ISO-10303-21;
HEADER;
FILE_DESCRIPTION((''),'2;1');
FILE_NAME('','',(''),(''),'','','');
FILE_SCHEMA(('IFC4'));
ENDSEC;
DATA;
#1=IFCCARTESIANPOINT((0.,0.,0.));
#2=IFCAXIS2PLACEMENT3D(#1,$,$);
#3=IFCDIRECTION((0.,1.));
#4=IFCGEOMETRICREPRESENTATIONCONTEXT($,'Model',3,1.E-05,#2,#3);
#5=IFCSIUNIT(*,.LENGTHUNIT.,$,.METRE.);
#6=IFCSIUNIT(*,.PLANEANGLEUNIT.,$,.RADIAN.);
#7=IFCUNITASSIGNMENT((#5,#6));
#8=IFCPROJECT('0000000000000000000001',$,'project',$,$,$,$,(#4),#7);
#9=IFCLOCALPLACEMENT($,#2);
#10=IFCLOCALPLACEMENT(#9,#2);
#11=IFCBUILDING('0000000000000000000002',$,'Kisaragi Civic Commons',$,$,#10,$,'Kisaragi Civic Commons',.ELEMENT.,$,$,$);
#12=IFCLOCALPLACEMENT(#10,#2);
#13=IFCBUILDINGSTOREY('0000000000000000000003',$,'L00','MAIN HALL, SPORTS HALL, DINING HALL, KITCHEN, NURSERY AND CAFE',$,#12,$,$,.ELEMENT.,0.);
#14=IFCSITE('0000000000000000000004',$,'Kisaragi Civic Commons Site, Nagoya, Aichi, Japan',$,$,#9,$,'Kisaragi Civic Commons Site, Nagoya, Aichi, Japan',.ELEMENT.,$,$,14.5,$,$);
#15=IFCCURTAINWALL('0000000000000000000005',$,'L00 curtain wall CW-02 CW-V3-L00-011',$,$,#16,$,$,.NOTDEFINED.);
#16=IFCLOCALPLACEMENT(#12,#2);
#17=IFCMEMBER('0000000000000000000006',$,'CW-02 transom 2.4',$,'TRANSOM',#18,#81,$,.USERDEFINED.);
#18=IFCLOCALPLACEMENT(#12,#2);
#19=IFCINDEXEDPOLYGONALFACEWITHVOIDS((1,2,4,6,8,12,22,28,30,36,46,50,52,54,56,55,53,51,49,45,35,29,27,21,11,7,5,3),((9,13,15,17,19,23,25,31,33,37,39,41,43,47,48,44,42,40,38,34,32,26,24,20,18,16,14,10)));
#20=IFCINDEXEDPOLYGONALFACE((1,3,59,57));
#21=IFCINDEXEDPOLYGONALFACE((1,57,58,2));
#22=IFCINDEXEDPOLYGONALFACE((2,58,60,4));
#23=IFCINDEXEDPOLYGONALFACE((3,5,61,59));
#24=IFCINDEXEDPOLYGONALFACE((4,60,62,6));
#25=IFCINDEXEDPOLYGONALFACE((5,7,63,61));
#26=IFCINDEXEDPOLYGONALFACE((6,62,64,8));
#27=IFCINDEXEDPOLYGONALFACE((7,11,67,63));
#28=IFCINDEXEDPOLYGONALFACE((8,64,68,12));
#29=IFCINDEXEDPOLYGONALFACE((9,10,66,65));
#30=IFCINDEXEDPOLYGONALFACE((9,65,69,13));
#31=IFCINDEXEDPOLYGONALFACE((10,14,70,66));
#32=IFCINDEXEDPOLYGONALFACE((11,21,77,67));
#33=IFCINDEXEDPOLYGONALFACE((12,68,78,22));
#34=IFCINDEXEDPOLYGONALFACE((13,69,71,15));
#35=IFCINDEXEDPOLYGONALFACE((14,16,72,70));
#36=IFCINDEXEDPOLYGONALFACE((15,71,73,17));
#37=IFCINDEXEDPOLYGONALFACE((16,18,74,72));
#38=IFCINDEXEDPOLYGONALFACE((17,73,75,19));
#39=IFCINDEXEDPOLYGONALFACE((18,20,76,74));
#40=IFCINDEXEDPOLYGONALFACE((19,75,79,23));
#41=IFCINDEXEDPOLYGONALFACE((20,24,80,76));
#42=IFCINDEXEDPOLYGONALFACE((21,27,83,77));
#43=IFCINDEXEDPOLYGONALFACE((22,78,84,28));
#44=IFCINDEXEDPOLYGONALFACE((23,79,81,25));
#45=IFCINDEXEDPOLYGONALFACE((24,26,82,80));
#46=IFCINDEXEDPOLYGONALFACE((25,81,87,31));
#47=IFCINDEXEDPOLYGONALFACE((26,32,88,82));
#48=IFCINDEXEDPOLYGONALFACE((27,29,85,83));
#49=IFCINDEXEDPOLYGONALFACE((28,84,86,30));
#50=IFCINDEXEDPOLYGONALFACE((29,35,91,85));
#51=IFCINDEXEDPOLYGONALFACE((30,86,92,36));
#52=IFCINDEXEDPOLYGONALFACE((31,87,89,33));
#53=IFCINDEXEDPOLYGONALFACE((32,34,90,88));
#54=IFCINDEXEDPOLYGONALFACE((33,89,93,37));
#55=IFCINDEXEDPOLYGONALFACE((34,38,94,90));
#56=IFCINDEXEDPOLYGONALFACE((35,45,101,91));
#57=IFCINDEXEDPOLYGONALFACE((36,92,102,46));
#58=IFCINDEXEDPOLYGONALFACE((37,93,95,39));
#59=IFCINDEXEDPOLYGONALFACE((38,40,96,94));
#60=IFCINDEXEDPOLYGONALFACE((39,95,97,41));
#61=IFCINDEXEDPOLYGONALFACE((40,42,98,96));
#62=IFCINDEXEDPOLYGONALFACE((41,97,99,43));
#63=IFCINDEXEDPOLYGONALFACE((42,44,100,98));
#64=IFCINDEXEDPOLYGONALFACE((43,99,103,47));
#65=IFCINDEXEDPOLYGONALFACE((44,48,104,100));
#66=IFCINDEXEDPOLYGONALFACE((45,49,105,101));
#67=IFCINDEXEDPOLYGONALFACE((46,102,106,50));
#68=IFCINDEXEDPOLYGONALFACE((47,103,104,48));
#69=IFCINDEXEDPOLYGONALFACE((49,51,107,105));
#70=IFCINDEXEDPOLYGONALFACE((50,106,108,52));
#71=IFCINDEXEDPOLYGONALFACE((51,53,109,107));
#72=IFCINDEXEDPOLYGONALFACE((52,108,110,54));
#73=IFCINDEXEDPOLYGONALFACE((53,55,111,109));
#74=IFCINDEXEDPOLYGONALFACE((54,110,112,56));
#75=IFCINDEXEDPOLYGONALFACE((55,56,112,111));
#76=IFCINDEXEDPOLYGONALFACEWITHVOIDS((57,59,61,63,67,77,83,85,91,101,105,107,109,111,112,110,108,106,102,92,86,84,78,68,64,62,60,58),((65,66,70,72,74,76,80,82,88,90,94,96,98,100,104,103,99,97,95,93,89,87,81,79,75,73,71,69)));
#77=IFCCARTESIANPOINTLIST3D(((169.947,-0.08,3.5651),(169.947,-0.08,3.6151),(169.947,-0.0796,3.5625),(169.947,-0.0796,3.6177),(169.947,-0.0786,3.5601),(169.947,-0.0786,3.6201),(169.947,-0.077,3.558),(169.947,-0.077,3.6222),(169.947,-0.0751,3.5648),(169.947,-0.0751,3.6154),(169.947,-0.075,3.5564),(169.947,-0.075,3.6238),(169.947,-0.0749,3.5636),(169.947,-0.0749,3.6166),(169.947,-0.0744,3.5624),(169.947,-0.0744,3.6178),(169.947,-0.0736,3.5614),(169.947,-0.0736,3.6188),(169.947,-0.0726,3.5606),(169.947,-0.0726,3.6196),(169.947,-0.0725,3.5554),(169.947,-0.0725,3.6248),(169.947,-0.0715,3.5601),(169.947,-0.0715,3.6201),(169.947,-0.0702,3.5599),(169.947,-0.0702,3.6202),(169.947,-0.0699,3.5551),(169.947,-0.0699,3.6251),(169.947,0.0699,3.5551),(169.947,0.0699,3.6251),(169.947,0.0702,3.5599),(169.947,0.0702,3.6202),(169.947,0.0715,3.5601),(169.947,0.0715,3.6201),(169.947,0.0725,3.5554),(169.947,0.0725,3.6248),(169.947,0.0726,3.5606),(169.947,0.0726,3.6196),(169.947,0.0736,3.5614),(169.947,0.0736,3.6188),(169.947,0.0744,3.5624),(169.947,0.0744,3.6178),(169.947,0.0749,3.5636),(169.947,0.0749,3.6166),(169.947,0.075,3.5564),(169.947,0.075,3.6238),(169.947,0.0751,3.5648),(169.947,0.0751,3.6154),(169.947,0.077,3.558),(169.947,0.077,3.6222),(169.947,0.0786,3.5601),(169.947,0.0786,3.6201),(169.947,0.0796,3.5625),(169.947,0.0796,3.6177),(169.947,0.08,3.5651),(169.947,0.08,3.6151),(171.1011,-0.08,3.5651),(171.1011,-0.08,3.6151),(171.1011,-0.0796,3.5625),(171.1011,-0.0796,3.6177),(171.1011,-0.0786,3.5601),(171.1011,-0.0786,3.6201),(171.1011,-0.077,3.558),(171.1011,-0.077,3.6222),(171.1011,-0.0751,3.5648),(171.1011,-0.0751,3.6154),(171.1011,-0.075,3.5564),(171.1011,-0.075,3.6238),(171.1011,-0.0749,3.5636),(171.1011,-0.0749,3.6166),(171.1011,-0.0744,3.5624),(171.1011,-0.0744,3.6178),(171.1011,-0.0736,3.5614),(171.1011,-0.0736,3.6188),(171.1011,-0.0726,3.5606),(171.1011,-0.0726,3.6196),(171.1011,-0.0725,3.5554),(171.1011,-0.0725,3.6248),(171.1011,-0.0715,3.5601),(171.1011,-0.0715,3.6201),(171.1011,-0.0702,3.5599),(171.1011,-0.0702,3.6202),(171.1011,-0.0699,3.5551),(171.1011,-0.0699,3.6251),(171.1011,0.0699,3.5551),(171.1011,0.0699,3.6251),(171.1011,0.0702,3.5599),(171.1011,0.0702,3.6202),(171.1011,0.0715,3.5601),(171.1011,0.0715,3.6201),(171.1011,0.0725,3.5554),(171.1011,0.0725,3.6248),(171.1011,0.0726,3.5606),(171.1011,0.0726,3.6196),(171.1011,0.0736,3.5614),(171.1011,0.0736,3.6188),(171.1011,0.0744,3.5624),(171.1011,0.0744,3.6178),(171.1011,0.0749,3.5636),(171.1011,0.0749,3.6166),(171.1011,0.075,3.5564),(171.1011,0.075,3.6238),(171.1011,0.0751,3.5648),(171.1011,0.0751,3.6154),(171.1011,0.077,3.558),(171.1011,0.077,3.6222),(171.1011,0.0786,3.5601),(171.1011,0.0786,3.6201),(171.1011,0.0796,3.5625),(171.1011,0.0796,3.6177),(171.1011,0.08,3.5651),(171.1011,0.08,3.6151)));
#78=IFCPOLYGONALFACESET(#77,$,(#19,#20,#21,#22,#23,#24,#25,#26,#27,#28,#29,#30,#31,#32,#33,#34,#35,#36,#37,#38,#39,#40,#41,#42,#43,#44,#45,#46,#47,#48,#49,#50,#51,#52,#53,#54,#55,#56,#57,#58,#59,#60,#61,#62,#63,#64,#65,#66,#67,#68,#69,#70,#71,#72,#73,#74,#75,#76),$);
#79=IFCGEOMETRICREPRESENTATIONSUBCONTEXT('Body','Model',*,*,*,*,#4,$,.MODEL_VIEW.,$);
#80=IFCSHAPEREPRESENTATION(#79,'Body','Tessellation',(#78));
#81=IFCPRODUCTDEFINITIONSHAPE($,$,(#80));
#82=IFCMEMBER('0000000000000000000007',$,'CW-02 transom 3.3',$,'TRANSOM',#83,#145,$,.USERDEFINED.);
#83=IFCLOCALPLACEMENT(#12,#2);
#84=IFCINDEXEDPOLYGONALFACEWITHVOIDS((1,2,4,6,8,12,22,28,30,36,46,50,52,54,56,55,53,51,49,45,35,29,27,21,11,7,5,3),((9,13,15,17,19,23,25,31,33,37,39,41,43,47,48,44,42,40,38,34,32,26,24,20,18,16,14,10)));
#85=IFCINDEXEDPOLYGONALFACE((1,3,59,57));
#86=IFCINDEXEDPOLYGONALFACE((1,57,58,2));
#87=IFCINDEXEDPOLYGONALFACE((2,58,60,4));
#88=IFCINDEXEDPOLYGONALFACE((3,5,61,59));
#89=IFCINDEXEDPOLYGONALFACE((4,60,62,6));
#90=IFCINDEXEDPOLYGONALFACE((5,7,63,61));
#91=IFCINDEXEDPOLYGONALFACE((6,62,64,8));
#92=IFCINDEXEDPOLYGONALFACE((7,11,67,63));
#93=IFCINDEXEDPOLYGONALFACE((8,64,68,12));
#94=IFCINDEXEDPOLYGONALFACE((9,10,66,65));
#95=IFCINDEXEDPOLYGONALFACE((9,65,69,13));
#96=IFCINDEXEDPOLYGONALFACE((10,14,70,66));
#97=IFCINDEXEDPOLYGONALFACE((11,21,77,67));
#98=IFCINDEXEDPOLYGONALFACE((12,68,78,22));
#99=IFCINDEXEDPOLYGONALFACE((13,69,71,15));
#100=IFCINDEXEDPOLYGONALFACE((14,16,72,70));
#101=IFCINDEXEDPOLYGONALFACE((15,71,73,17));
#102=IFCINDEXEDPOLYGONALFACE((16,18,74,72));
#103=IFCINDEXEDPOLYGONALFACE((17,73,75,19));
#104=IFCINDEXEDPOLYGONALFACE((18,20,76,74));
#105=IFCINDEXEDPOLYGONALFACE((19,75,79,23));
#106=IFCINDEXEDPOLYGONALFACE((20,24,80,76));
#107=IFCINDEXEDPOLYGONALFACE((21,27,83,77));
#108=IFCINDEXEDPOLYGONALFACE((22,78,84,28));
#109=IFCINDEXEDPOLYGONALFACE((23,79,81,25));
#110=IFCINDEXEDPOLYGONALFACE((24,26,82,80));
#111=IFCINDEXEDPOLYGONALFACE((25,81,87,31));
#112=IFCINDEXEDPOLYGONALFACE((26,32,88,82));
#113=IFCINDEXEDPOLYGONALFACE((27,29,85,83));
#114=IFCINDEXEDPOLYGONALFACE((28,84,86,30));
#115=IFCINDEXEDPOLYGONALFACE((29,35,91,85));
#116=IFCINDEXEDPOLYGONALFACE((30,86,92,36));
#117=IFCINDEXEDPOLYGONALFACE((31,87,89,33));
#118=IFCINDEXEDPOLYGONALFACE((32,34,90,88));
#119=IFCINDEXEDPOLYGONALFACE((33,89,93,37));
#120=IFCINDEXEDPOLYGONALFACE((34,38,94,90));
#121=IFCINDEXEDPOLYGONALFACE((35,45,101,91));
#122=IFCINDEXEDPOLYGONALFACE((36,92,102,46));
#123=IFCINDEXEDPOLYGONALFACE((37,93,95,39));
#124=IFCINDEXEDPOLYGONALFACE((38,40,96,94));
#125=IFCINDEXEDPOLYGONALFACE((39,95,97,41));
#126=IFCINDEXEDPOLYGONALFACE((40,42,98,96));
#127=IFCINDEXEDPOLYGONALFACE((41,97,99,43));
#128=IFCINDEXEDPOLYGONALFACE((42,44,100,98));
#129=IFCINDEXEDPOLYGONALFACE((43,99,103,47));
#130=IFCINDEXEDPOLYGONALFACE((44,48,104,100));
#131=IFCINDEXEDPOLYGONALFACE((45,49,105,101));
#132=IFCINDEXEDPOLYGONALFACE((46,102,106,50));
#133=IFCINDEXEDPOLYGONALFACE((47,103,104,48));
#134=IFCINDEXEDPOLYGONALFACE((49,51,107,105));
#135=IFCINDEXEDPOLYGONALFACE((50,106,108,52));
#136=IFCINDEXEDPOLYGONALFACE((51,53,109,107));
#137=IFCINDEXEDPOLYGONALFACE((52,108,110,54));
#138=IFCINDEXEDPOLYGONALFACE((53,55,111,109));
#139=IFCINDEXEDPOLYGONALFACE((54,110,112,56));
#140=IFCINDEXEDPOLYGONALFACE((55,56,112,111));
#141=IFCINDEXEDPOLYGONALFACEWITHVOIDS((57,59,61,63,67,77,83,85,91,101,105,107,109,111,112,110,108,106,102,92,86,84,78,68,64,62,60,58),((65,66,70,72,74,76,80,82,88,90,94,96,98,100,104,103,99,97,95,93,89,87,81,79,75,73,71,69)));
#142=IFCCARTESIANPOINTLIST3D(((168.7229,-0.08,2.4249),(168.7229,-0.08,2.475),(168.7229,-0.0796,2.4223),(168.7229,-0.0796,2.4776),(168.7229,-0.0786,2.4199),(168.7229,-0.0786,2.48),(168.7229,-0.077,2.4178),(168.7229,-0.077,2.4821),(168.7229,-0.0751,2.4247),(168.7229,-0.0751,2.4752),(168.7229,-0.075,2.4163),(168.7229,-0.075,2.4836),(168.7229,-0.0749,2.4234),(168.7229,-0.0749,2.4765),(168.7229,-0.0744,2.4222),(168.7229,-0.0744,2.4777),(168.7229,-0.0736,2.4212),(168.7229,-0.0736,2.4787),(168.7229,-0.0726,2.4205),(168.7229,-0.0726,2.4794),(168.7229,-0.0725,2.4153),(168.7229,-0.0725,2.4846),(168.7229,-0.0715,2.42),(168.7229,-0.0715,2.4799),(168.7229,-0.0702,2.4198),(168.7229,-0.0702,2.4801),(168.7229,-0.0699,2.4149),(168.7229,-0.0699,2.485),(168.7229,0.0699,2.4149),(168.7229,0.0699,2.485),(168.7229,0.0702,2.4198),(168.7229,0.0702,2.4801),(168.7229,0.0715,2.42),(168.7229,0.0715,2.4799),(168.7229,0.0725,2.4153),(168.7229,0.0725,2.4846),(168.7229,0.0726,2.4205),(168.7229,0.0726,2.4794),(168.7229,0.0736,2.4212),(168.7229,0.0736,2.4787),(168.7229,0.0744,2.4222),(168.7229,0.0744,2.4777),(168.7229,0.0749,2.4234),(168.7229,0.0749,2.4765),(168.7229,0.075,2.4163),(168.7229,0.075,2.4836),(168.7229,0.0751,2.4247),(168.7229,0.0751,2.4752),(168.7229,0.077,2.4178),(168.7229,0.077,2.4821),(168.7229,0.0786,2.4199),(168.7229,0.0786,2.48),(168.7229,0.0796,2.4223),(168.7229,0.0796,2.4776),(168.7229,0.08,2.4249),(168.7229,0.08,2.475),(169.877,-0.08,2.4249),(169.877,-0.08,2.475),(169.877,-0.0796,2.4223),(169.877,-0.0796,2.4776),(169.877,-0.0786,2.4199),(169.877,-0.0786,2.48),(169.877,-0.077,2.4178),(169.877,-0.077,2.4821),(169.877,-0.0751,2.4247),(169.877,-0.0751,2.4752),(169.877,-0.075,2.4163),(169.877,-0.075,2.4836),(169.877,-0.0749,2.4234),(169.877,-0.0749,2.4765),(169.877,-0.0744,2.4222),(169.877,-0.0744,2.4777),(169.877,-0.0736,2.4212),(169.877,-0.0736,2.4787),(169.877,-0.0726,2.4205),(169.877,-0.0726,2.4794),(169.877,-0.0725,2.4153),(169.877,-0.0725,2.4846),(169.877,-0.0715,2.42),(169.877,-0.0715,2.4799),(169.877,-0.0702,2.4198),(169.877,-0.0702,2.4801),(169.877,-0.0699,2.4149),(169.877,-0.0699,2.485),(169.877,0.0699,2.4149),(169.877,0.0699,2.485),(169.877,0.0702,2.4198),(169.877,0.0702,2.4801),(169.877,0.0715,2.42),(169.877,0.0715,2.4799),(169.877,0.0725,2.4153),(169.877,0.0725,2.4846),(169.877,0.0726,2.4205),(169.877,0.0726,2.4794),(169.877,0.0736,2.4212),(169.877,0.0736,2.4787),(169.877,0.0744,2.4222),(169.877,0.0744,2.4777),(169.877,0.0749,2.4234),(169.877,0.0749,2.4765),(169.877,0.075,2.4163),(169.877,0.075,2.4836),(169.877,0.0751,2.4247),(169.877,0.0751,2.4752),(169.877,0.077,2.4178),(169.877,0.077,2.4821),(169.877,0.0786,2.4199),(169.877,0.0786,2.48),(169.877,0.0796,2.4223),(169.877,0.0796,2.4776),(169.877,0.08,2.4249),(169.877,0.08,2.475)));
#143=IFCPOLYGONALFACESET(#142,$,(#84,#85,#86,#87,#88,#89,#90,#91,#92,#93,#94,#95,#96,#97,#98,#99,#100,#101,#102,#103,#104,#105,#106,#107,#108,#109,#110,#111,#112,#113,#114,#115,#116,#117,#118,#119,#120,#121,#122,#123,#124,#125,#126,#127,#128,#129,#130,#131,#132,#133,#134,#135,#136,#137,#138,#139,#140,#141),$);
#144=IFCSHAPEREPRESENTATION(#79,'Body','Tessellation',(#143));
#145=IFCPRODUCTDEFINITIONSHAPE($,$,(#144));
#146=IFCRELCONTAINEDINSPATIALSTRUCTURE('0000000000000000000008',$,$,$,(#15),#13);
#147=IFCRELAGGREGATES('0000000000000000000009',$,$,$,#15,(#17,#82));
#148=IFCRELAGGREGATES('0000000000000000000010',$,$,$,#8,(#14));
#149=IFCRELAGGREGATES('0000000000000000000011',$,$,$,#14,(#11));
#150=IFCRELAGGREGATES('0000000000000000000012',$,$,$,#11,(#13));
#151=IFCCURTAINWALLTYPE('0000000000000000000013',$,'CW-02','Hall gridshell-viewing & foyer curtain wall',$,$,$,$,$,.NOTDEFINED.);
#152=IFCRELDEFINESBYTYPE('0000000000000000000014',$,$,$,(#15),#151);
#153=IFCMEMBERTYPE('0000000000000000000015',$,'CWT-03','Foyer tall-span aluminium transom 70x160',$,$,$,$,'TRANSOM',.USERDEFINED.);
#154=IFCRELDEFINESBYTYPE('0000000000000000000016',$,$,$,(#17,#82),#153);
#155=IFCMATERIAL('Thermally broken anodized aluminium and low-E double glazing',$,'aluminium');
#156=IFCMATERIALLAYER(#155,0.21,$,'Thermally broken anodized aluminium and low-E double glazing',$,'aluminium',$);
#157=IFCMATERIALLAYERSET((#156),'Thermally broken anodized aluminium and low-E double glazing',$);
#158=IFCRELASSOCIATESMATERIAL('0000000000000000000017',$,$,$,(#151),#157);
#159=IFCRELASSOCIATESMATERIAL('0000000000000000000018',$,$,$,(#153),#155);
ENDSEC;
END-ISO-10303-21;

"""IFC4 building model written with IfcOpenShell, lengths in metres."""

from ifc_helpers import new_model, si_unit, direction, frame, origin, origin_2d, place, context, subcontext, project, spatial, hollow_rectangle, extrude, material, layer, layer_set, material_profile, profile_set, type_object, element, aggregate, save


model = new_model("IFC4")

# Units and contexts
model_context = context("Model", 3, precision=1e-05, world=origin(), true_north=direction((0.0, 1.0)))
body_context = subcontext(model_context, "Body", "Model", "MODEL_VIEW")
ifc_project = project(units=[si_unit("LENGTHUNIT", "METRE"), si_unit("PLANEANGLEUNIT", "RADIAN")], contexts=[model_context])

# Site, building, storey
site_placement = place(None, origin())
site = spatial("IfcSite", under=ifc_project, at=site_placement, Name="Kisaragi Civic Commons Site, Nagoya, Aichi, Japan", LongName="Kisaragi Civic Commons Site, Nagoya, Aichi, Japan", CompositionType="ELEMENT", RefElevation=14.5)
building_placement = place(site_placement, origin())
building = spatial("IfcBuilding", under=site, at=building_placement, Name="Kisaragi Civic Commons", LongName="Kisaragi Civic Commons", CompositionType="ELEMENT")
storey_placement = place(building_placement, origin())
storey = spatial("IfcBuildingStorey", under=building, at=storey_placement, Name="L00", Description="MAIN HALL, SPORTS HALL, DINING HALL, KITCHEN, NURSERY AND CAFE", CompositionType="ELEMENT", Elevation=0.0)

# Curtain wall, members
ifc_material_1 = material(Name="Thermally broken anodized aluminium and low-E double glazing", Category="aluminium")
ifc_layer_1 = layer(ifc_material_1, 0.21, Name="Thermally broken anodized aluminium and low-E double glazing", Category="aluminium")
ifc_layer_set_1 = layer_set([ifc_layer_1], Name="Thermally broken anodized aluminium and low-E double glazing")
curtain_wall_type = type_object("IfcCurtainWallType", Name="CW-02", Description="Hall gridshell-viewing & foyer curtain wall", PredefinedType="NOTDEFINED", material=ifc_layer_set_1)
curtain_wall_placement = place(storey_placement, origin())
curtain_wall = element("IfcCurtainWall", 1, at=curtain_wall_placement, inside=storey, type_object=curtain_wall_type, Name="L00 curtain wall CW-02 CW-V3-L00-011", PredefinedType="NOTDEFINED")
ifc_material_profile_1 = material_profile(ifc_material_1, hollow_rectangle(XDim=0.1599, YDim=0.0701, WallThickness=0.0049, InnerFilletRadius=0.0049, OuterFilletRadius=0.01, at=origin_2d()), Name="CWT-70x160x5", Category="aluminium")
ifc_profile_set_1 = profile_set([ifc_material_profile_1], Name="Thermally broken anodized aluminium and low-E double glazing")
member_type_1 = type_object("IfcMemberType", Name="CWT-03", Description="Foyer tall-span aluminium transom 70x160", ElementType="TRANSOM", PredefinedType="USERDEFINED", material=ifc_profile_set_1)
member_1_placement = place(storey_placement, frame((171.1011, 0.0, 3.5901), z_axis=(-1.0, 0.0, 0.0), x_axis=(0.0, -1.0, 0.0)))
member_1 = element("IfcMember", 2, at=member_1_placement, type_object=member_type_1, Name="CW-02 transom 2.4", ObjectType="TRANSOM", PredefinedType="USERDEFINED", context=body_context, shape_type="SweptSolid", body=[
    extrude(hollow_rectangle(XDim=0.1599, YDim=0.0701, WallThickness=0.0049, InnerFilletRadius=0.0049, OuterFilletRadius=0.01, at=origin_2d()), origin(), (0.0, 0.0, 1.0), 1.1541),
])
member_2_placement = place(storey_placement, frame((169.877, 0.0, 2.45), z_axis=(-1.0, 0.0, 0.0), x_axis=(0.0, -1.0, 0.0)))
member_2 = element("IfcMember", 3, at=member_2_placement, type_object=member_type_1, Name="CW-02 transom 3.3", ObjectType="TRANSOM", PredefinedType="USERDEFINED", context=body_context, shape_type="SweptSolid", body=[
    extrude(hollow_rectangle(XDim=0.1599, YDim=0.0701, WallThickness=0.0049, InnerFilletRadius=0.0049, OuterFilletRadius=0.01, at=origin_2d()), origin(), (0.0, 0.0, 1.0), 1.1541),
])

aggregate(curtain_wall, [member_1, member_2])

save(model, "model.ifc")
